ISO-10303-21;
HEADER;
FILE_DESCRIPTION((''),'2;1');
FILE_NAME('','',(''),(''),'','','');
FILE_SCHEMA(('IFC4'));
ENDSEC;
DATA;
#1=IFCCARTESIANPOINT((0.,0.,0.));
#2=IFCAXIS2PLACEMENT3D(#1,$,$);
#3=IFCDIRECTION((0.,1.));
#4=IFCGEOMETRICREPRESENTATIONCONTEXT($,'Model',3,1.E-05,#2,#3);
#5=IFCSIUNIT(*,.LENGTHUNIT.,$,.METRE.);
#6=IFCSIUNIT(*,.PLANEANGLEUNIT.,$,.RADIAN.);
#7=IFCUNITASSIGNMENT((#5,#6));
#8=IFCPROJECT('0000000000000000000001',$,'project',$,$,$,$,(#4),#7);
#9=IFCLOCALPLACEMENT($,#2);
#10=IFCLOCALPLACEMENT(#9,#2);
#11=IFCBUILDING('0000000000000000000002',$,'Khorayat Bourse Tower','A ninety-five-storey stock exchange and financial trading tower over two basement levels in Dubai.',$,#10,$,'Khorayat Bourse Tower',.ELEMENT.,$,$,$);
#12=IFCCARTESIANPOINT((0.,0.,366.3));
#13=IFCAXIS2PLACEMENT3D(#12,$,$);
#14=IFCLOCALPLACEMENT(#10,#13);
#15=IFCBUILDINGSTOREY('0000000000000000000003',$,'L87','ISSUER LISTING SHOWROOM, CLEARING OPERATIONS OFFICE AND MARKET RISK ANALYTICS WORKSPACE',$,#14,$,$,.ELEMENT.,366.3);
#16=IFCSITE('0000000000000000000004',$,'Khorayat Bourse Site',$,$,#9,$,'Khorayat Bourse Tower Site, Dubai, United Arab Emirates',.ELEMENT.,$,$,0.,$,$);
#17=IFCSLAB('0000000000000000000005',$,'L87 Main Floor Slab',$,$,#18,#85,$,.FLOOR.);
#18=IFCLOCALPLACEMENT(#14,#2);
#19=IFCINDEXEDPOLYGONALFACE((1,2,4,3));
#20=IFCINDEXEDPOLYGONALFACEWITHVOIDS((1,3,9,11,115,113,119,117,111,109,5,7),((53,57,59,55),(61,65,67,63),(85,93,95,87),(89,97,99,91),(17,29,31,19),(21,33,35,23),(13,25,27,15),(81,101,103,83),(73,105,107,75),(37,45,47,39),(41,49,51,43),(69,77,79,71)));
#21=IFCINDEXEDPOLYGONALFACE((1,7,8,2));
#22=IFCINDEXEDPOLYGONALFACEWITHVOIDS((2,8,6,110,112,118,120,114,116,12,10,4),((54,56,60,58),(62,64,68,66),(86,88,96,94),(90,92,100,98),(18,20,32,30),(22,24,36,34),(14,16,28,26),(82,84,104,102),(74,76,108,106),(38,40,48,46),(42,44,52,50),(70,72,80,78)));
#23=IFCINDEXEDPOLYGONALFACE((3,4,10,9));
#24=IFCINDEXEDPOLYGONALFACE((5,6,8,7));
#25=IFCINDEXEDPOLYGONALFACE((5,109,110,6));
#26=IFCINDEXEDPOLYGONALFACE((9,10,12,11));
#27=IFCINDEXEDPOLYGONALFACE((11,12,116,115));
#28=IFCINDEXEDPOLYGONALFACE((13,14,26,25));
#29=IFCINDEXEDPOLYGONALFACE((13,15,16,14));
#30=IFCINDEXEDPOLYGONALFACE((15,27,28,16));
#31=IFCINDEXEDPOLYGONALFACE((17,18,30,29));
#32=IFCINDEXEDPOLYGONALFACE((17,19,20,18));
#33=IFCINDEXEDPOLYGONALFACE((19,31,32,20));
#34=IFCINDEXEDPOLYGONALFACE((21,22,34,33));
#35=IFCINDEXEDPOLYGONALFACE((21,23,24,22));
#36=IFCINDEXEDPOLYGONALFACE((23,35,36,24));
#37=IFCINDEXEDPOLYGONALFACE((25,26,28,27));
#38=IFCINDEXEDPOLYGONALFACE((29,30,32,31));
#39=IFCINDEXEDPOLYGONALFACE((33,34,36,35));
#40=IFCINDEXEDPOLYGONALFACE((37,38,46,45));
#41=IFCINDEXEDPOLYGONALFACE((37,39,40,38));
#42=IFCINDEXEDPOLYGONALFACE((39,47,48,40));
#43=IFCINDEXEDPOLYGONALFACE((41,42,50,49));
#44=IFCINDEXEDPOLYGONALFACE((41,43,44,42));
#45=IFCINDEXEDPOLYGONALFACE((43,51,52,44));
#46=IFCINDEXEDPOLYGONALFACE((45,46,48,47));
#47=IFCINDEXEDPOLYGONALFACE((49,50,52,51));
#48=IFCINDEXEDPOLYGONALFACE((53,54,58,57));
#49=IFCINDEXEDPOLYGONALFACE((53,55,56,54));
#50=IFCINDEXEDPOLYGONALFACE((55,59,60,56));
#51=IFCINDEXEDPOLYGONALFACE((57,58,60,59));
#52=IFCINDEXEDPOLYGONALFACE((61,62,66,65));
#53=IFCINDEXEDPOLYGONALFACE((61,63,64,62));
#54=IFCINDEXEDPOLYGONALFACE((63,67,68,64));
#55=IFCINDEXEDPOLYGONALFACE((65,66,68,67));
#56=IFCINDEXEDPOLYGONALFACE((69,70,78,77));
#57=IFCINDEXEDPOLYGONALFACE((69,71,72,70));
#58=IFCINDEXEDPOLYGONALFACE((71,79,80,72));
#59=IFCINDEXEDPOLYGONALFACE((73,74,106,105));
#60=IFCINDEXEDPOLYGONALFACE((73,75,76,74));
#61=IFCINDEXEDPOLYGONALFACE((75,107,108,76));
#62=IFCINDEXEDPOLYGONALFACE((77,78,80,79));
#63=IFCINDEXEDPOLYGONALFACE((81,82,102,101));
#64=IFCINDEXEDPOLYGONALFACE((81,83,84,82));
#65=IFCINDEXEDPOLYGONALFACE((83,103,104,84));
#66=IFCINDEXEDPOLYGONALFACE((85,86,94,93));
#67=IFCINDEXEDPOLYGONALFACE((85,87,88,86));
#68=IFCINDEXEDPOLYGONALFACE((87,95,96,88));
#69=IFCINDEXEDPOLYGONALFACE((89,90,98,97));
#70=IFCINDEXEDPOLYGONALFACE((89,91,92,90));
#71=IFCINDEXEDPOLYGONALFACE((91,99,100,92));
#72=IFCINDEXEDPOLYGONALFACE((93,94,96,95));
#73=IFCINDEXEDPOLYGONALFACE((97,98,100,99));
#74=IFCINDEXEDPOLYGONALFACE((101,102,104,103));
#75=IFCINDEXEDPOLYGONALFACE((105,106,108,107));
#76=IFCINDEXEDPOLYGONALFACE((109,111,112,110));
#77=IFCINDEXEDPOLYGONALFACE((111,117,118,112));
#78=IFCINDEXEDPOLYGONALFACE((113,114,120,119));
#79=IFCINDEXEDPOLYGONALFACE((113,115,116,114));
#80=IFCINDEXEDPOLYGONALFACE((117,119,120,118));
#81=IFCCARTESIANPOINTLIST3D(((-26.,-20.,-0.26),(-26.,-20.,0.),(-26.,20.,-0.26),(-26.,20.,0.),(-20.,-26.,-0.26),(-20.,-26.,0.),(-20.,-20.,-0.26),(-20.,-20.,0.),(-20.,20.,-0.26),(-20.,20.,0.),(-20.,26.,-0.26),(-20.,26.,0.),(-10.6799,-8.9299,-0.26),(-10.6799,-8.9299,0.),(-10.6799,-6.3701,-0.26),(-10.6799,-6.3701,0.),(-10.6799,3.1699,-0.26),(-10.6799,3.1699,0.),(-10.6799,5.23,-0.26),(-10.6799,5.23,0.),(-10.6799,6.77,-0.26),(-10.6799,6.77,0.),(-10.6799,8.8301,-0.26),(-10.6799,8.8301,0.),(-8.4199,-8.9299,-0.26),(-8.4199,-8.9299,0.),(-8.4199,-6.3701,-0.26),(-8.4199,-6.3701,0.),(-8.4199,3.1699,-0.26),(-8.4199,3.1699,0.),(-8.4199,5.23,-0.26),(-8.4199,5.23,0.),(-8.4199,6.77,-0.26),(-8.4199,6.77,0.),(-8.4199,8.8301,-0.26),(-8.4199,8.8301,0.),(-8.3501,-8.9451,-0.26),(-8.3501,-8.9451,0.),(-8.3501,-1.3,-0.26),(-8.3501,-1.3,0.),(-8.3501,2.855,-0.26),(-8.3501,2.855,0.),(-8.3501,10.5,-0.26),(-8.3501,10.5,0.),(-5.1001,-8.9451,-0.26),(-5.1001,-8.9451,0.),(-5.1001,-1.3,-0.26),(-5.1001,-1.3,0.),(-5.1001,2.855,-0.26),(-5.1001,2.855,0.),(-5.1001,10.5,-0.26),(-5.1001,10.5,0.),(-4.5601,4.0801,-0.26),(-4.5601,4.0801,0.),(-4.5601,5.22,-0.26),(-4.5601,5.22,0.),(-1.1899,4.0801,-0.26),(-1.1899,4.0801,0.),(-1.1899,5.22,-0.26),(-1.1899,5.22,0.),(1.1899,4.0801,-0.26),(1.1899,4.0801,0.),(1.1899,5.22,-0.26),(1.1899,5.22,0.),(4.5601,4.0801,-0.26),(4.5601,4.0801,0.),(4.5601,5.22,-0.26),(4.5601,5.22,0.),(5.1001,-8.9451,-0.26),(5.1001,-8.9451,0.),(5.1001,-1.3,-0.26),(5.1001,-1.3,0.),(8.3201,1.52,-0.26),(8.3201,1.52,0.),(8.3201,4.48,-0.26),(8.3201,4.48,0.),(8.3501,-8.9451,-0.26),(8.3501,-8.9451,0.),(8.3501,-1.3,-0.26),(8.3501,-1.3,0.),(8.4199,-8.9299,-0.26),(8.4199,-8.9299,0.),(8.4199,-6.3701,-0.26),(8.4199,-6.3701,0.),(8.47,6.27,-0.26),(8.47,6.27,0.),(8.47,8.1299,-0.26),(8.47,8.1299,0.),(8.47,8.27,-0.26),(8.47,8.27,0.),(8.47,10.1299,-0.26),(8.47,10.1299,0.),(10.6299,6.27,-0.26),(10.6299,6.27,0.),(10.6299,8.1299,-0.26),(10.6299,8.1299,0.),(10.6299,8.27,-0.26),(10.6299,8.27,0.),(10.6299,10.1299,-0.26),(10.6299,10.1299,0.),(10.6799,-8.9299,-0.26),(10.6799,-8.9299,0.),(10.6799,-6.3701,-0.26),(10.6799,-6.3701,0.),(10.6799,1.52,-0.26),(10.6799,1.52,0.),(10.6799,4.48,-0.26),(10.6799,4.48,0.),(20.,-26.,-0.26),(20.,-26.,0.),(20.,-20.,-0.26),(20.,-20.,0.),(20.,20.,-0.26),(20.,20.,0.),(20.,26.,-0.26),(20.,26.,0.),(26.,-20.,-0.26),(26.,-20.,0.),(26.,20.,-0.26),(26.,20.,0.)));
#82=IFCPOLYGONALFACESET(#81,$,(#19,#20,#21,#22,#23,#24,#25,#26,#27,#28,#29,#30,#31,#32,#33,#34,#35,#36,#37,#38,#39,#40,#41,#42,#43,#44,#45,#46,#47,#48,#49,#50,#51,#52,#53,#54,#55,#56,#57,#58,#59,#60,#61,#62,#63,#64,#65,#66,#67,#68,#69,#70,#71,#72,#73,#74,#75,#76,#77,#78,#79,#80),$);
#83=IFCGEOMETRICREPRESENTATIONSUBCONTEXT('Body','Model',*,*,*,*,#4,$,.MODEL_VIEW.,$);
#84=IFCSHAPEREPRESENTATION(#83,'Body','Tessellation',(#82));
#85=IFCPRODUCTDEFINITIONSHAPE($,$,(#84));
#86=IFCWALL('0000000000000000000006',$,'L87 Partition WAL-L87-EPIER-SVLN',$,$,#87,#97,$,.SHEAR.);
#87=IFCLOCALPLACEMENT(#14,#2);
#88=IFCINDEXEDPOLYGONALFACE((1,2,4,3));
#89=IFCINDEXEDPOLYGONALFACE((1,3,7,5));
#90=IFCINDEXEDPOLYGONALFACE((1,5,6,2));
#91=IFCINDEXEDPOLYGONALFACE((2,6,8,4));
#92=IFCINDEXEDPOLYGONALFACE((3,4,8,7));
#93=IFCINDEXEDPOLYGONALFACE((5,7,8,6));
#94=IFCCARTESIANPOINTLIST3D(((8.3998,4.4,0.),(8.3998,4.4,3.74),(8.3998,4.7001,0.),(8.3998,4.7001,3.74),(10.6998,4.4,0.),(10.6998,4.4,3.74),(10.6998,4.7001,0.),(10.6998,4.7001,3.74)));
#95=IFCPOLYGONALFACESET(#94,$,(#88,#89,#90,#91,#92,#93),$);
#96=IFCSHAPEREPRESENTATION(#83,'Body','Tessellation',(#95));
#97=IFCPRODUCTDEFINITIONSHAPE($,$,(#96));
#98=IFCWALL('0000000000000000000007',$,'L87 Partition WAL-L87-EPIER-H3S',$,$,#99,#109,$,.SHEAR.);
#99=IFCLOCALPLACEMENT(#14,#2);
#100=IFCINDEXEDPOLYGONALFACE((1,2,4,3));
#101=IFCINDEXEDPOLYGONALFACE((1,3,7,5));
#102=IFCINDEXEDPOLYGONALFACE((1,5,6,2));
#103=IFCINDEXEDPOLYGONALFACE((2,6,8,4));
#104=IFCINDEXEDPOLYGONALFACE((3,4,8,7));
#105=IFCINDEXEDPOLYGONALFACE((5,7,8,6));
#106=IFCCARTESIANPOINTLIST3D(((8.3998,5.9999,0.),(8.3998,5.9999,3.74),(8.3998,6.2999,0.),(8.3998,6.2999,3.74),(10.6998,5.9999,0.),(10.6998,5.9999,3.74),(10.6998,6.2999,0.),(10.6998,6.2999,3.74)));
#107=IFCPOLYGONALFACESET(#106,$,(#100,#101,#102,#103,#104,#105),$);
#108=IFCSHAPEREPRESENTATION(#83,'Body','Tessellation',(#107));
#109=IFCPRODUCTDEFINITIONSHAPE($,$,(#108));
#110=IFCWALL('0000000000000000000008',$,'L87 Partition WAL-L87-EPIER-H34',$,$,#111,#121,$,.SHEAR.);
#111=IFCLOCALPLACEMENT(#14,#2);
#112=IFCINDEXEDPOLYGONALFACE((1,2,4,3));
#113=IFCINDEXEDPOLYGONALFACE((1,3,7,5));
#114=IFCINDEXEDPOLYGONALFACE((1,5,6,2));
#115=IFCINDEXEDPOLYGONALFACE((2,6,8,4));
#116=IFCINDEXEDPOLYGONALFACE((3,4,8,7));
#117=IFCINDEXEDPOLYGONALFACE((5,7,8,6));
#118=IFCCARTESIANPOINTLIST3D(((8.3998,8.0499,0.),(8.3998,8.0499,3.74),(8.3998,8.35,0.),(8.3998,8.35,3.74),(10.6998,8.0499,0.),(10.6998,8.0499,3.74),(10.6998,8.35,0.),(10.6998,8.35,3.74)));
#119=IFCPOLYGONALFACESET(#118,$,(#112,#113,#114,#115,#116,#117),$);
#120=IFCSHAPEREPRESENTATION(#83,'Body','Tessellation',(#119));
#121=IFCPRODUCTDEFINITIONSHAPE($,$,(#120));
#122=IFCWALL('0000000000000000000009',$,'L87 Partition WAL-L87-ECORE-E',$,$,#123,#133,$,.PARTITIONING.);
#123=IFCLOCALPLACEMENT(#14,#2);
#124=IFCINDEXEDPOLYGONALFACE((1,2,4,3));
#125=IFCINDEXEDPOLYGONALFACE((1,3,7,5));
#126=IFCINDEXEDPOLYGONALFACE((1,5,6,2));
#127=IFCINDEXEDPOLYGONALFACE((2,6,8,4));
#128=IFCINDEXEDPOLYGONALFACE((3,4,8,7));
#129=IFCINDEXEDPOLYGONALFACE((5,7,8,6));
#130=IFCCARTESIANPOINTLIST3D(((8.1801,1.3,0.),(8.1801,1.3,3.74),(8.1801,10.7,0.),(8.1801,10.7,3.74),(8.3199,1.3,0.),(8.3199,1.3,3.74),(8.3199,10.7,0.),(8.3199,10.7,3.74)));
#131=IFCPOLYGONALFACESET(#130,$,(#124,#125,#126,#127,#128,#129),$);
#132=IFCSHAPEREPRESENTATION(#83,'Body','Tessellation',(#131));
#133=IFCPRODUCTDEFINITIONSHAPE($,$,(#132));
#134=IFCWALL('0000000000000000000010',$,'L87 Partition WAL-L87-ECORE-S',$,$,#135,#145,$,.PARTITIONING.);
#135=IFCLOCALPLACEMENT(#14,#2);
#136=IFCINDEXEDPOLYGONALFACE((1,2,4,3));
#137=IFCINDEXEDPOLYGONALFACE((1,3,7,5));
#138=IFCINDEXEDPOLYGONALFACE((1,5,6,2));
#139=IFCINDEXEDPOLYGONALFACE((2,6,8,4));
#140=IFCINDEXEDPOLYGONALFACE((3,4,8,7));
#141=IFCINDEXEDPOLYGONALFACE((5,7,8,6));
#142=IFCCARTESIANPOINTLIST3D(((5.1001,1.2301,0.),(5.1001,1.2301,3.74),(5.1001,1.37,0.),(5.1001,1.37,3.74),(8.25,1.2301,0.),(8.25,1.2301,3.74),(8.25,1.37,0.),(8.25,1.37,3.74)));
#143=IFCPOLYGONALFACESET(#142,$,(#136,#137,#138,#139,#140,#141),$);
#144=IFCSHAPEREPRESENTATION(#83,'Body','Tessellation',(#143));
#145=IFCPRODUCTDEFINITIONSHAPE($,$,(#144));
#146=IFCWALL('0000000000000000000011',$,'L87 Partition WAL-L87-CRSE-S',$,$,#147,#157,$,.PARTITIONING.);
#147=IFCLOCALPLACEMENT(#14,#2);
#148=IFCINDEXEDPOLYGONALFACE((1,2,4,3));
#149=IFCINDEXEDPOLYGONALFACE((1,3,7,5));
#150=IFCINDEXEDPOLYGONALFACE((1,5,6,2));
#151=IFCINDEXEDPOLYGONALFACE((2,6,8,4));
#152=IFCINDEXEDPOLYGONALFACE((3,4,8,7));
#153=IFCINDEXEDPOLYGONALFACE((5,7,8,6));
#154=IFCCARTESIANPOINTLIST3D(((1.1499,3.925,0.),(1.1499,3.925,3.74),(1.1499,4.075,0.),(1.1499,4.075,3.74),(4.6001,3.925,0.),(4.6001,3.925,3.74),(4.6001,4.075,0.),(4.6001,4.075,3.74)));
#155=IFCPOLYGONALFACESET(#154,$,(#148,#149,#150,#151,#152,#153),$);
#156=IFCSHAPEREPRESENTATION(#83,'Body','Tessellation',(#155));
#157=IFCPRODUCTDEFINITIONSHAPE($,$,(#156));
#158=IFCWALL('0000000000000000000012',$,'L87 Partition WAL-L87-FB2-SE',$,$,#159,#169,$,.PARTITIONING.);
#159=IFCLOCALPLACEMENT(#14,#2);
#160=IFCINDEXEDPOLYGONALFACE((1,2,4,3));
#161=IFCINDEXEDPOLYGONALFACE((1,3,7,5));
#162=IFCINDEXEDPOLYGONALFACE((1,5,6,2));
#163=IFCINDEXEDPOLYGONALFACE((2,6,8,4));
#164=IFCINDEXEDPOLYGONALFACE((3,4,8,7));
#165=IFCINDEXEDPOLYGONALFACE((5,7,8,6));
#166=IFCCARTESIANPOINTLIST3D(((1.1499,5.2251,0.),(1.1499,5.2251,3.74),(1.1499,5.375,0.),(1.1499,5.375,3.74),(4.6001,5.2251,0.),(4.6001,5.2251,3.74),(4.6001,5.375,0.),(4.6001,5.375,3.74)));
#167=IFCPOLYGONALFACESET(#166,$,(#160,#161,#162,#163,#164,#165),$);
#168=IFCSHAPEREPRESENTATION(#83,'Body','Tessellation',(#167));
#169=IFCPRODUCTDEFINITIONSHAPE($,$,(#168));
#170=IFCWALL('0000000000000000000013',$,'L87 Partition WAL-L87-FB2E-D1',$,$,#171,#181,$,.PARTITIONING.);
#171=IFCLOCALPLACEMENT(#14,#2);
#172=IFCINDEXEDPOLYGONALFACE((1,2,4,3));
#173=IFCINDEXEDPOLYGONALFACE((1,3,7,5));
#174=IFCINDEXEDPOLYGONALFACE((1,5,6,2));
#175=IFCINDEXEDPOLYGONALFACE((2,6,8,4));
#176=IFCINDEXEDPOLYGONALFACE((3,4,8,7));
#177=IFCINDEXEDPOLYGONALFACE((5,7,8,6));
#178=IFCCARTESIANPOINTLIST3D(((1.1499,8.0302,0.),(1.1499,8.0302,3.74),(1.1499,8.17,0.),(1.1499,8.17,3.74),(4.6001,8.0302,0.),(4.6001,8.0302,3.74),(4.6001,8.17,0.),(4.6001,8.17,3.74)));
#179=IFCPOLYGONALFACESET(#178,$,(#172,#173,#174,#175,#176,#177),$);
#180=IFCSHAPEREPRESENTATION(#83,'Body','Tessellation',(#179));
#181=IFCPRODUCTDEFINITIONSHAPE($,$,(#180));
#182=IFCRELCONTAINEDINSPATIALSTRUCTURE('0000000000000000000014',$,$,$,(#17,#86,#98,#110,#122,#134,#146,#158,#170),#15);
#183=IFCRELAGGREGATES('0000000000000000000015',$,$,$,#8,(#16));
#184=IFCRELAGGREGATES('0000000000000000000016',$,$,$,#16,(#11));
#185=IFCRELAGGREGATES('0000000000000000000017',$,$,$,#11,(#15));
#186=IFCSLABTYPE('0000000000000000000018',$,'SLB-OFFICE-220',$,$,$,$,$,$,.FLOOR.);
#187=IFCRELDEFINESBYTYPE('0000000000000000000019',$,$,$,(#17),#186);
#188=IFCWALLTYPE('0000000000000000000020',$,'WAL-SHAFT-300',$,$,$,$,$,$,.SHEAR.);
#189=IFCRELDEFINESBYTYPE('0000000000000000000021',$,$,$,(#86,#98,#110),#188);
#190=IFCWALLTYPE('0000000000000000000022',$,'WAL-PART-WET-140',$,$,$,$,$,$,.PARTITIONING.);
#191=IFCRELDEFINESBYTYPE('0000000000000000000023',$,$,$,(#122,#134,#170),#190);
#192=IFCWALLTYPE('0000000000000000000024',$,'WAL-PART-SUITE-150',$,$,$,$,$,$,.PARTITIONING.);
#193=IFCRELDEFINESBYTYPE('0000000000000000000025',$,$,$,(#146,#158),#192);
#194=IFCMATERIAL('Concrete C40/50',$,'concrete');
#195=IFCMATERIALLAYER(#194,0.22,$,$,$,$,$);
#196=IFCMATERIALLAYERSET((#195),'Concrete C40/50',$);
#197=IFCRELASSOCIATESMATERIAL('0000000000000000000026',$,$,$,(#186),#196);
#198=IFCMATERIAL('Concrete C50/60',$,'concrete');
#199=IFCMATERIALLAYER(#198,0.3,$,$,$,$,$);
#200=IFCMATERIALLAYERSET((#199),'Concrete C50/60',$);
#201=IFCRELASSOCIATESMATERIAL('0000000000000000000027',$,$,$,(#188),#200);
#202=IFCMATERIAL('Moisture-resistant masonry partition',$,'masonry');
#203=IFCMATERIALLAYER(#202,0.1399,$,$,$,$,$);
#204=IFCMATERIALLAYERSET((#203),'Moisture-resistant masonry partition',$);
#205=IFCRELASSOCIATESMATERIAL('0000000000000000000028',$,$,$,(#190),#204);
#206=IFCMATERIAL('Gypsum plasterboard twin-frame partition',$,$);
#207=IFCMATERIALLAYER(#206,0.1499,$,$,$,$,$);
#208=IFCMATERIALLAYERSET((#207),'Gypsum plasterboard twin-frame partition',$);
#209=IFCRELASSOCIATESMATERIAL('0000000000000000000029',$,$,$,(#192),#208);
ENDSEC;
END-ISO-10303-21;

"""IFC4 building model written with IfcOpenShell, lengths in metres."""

from ifc_helpers import new_model, si_unit, direction, frame, frame_2d, origin, place, context, subcontext, project, spatial, polyline, rectangle, outline, extrude, source, transform, mapped, material, layer, layer_set, type_object, element, save


model = new_model("IFC4")

# Units and contexts
model_context = context("Model", 3, precision=1e-05, world=origin(), true_north=direction((0.0, 1.0)))
body_context = subcontext(model_context, "Body", "Model", "MODEL_VIEW")
ifc_project = project(units=[si_unit("LENGTHUNIT", "METRE"), si_unit("PLANEANGLEUNIT", "RADIAN")], contexts=[model_context])

# Site, building, storey
site_placement = place(None, origin())
site = spatial("IfcSite", under=ifc_project, at=site_placement, Name="Khorayat Bourse Site", LongName="Khorayat Bourse Tower Site, Dubai, United Arab Emirates", CompositionType="ELEMENT", RefElevation=0.0)
building_placement = place(site_placement, origin())
building = spatial("IfcBuilding", under=site, at=building_placement, Name="Khorayat Bourse Tower", Description="A ninety-five-storey stock exchange and financial trading tower over two basement levels in Dubai.", LongName="Khorayat Bourse Tower", CompositionType="ELEMENT")
storey_placement = place(building_placement, frame((0.0, 0.0, 366.3)))
storey = spatial("IfcBuildingStorey", under=building, at=storey_placement, Name="L87", Description="ISSUER LISTING SHOWROOM, CLEARING OPERATIONS OFFICE AND MARKET RISK ANALYTICS WORKSPACE", CompositionType="ELEMENT", Elevation=366.3)

# Shared definitions
ifc_material_1 = material(Name="Concrete C40/50", Category="concrete")

# Slab
ifc_layer_1 = layer(ifc_material_1, 0.22)
ifc_layer_set_1 = layer_set([ifc_layer_1], Name="Concrete C40/50")
slab_type_1 = type_object("IfcSlabType", Name="SLB-OFFICE-220", PredefinedType="FLOOR", material=ifc_layer_set_1)
slab_1_placement = place(storey_placement, frame((0.0, 0.0, -0.26)))
element("IfcSlab", 1, at=slab_1_placement, inside=storey, type_object=slab_type_1, Name="L87 Main Floor Slab", PredefinedType="FLOOR", context=body_context, shape_type="SweptSolid", body=[
    extrude(outline(polyline([(-20.0, -26.0), (20.0, -26.0), (20.0, -20.0), (26.0, -20.0), (26.0, 20.0), (20.0, 20.0), (20.0, 26.0), (-20.0, 26.0), (-20.0, 20.0), (-26.0, 20.0), (-26.0, -20.0), (-20.0, -20.0), (-20.0, -26.0)]), holes=[polyline([(-8.3501, -8.9451), (-5.1001, -8.9451), (-5.1001, -1.3), (-8.3501, -1.3), (-8.3501, -8.9451)]), polyline([(-8.3501, 2.855), (-5.1001, 2.855), (-5.1001, 10.5), (-8.3501, 10.5), (-8.3501, 2.855)]), polyline([(5.1001, -8.9451), (8.3501, -8.9451), (8.3501, -1.3), (5.1001, -1.3), (5.1001, -8.9451)]), polyline([(-10.6799, 3.1699), (-8.4199, 3.1699), (-8.4199, 5.23), (-10.6799, 5.23), (-10.6799, 3.1699)]), polyline([(-10.6799, 6.77), (-8.4199, 6.77), (-8.4199, 8.8301), (-10.6799, 8.8301), (-10.6799, 6.77)]), polyline([(8.47, 6.27), (10.6299, 6.27), (10.6299, 8.1299), (8.47, 8.1299), (8.47, 6.27)]), polyline([(8.47, 8.27), (10.6299, 8.27), (10.6299, 10.1299), (8.47, 10.1299), (8.47, 8.27)]), polyline([(-10.6799, -8.9299), (-8.4199, -8.9299), (-8.4199, -6.3701), (-10.6799, -6.3701), (-10.6799, -8.9299)]), polyline([(8.4199, -8.9299), (10.6799, -8.9299), (10.6799, -6.3701), (8.4199, -6.3701), (8.4199, -8.9299)]), polyline([(8.3201, 1.52), (10.6799, 1.52), (10.6799, 4.48), (8.3201, 4.48), (8.3201, 1.52)]), polyline([(-4.5601, 4.0801), (-1.1899, 4.0801), (-1.1899, 5.22), (-4.5601, 5.22), (-4.5601, 4.0801)]), polyline([(1.1899, 4.0801), (4.5601, 4.0801), (4.5601, 5.22), (1.1899, 5.22), (1.1899, 4.0801)])]), origin(), (0.0, 0.0, 1.0), 0.26),
])

# Walls
ifc_material_2 = material(Name="Concrete C50/60", Category="concrete")
ifc_layer_2 = layer(ifc_material_2, 0.3)
ifc_layer_set_2 = layer_set([ifc_layer_2], Name="Concrete C50/60")
wall_type_1 = type_object("IfcWallType", Name="WAL-SHAFT-300", PredefinedType="SHEAR", material=ifc_layer_set_2)
shared_shape_1 = source(origin(), body_context, "Body", "SweptSolid", [
    extrude(rectangle(XDim=2.3, YDim=0.3, at=frame_2d((1.1499, 0.0))), origin(), (0.0, 0.0, 1.0), 3.74),
])
for number, where, z_axis, x_axis, name in (
    (2, (8.3999, 4.55, 0.0), (0.0, 0.0, 1.0), (1.0, 0.0, 0.0), "L87 Partition WAL-L87-EPIER-SVLN"),
    (3, (8.3999, 6.1499, 0.0), (0.0, 0.0, 1.0), (1.0, 0.0, 0.0), "L87 Partition WAL-L87-EPIER-H3S"),
    (4, (8.3999, 8.2, 0.0), (0.0, 0.0, 1.0), (1.0, 0.0, 0.0), "L87 Partition WAL-L87-EPIER-H34"),
):
    element("IfcWall", number, at=place(storey_placement, frame(where, z_axis=z_axis, x_axis=x_axis)), inside=storey, type_object=wall_type_1, Name=name, PredefinedType="SHEAR", context=body_context, shape_type="MappedRepresentation", body=[
        mapped(shared_shape_1, transform((0.0, 0.0, 0.0), scale=1.0)),
    ])
ifc_material_3 = material(Name="Moisture-resistant masonry partition", Category="masonry")
ifc_layer_3 = layer(ifc_material_3, 0.1399)
ifc_layer_set_3 = layer_set([ifc_layer_3], Name="Moisture-resistant masonry partition")
wall_type_2 = type_object("IfcWallType", Name="WAL-PART-WET-140", PredefinedType="PARTITIONING", material=ifc_layer_set_3)
shared_shape_2 = source(origin(), body_context, "Body", "SweptSolid", [
    extrude(rectangle(XDim=9.3999, YDim=0.1399, at=frame_2d((4.7, 0.0))), origin(), (0.0, 0.0, 1.0), 3.74),
])
wall_1_placement = place(storey_placement, frame((8.25, 1.3, 0.0), z_axis=(0.0, 0.0, 1.0), x_axis=(0.0, 1.0, 0.0)))
element("IfcWall", 5, at=wall_1_placement, inside=storey, type_object=wall_type_2, Name="L87 Partition WAL-L87-ECORE-E", PredefinedType="PARTITIONING", context=body_context, shape_type="MappedRepresentation", body=[
    mapped(shared_shape_2, transform((0.0, 0.0, 0.0), scale=1.0)),
])
shared_shape_3 = source(origin(), body_context, "Body", "SweptSolid", [
    extrude(rectangle(XDim=3.1499, YDim=0.1399, at=frame_2d((1.575, 0.0))), origin(), (0.0, 0.0, 1.0), 3.74),
])
wall_2_placement = place(storey_placement, frame((5.1001, 1.3, 0.0), z_axis=(0.0, 0.0, 1.0), x_axis=(1.0, 0.0, 0.0)))
element("IfcWall", 6, at=wall_2_placement, inside=storey, type_object=wall_type_2, Name="L87 Partition WAL-L87-ECORE-S", PredefinedType="PARTITIONING", context=body_context, shape_type="MappedRepresentation", body=[
    mapped(shared_shape_3, transform((0.0, 0.0, 0.0), scale=1.0)),
])

# Walls
ifc_material_4 = material(Name="Gypsum plasterboard twin-frame partition")
ifc_layer_4 = layer(ifc_material_4, 0.1499)
ifc_layer_set_4 = layer_set([ifc_layer_4], Name="Gypsum plasterboard twin-frame partition")
wall_type_3 = type_object("IfcWallType", Name="WAL-PART-SUITE-150", PredefinedType="PARTITIONING", material=ifc_layer_set_4)
shared_shape_4 = source(origin(), body_context, "Body", "SweptSolid", [
    extrude(rectangle(XDim=3.4502, YDim=0.1499, at=frame_2d((1.7251, 0.0))), origin(), (0.0, 0.0, 1.0), 3.74),
])
for number, where, z_axis, x_axis, name in (
    (7, (1.1499, 4.0, 0.0), (0.0, 0.0, 1.0), (1.0, 0.0, 0.0), "L87 Partition WAL-L87-CRSE-S"),
    (8, (1.1499, 5.3, 0.0), (0.0, 0.0, 1.0), (1.0, 0.0, 0.0), "L87 Partition WAL-L87-FB2-SE"),
):
    element("IfcWall", number, at=place(storey_placement, frame(where, z_axis=z_axis, x_axis=x_axis)), inside=storey, type_object=wall_type_3, Name=name, PredefinedType="PARTITIONING", context=body_context, shape_type="MappedRepresentation", body=[
        mapped(shared_shape_4, transform((0.0, 0.0, 0.0), scale=1.0)),
    ])
shared_shape_5 = source(origin(), body_context, "Body", "SweptSolid", [
    extrude(rectangle(XDim=3.4502, YDim=0.1399, at=frame_2d((1.7251, 0.0))), origin(), (0.0, 0.0, 1.0), 3.74),
])
for number, where, z_axis, x_axis, name in (
    (9, (1.1499, 8.1001, 0.0), (0.0, 0.0, 1.0), (1.0, 0.0, 0.0), "L87 Partition WAL-L87-FB2E-D1"),
):
    element("IfcWall", number, at=place(storey_placement, frame(where, z_axis=z_axis, x_axis=x_axis)), inside=storey, type_object=wall_type_2, Name=name, PredefinedType="PARTITIONING", context=body_context, shape_type="MappedRepresentation", body=[
        mapped(shared_shape_5, transform((0.0, 0.0, 0.0), scale=1.0)),
    ])

save(model, "model.ifc")
